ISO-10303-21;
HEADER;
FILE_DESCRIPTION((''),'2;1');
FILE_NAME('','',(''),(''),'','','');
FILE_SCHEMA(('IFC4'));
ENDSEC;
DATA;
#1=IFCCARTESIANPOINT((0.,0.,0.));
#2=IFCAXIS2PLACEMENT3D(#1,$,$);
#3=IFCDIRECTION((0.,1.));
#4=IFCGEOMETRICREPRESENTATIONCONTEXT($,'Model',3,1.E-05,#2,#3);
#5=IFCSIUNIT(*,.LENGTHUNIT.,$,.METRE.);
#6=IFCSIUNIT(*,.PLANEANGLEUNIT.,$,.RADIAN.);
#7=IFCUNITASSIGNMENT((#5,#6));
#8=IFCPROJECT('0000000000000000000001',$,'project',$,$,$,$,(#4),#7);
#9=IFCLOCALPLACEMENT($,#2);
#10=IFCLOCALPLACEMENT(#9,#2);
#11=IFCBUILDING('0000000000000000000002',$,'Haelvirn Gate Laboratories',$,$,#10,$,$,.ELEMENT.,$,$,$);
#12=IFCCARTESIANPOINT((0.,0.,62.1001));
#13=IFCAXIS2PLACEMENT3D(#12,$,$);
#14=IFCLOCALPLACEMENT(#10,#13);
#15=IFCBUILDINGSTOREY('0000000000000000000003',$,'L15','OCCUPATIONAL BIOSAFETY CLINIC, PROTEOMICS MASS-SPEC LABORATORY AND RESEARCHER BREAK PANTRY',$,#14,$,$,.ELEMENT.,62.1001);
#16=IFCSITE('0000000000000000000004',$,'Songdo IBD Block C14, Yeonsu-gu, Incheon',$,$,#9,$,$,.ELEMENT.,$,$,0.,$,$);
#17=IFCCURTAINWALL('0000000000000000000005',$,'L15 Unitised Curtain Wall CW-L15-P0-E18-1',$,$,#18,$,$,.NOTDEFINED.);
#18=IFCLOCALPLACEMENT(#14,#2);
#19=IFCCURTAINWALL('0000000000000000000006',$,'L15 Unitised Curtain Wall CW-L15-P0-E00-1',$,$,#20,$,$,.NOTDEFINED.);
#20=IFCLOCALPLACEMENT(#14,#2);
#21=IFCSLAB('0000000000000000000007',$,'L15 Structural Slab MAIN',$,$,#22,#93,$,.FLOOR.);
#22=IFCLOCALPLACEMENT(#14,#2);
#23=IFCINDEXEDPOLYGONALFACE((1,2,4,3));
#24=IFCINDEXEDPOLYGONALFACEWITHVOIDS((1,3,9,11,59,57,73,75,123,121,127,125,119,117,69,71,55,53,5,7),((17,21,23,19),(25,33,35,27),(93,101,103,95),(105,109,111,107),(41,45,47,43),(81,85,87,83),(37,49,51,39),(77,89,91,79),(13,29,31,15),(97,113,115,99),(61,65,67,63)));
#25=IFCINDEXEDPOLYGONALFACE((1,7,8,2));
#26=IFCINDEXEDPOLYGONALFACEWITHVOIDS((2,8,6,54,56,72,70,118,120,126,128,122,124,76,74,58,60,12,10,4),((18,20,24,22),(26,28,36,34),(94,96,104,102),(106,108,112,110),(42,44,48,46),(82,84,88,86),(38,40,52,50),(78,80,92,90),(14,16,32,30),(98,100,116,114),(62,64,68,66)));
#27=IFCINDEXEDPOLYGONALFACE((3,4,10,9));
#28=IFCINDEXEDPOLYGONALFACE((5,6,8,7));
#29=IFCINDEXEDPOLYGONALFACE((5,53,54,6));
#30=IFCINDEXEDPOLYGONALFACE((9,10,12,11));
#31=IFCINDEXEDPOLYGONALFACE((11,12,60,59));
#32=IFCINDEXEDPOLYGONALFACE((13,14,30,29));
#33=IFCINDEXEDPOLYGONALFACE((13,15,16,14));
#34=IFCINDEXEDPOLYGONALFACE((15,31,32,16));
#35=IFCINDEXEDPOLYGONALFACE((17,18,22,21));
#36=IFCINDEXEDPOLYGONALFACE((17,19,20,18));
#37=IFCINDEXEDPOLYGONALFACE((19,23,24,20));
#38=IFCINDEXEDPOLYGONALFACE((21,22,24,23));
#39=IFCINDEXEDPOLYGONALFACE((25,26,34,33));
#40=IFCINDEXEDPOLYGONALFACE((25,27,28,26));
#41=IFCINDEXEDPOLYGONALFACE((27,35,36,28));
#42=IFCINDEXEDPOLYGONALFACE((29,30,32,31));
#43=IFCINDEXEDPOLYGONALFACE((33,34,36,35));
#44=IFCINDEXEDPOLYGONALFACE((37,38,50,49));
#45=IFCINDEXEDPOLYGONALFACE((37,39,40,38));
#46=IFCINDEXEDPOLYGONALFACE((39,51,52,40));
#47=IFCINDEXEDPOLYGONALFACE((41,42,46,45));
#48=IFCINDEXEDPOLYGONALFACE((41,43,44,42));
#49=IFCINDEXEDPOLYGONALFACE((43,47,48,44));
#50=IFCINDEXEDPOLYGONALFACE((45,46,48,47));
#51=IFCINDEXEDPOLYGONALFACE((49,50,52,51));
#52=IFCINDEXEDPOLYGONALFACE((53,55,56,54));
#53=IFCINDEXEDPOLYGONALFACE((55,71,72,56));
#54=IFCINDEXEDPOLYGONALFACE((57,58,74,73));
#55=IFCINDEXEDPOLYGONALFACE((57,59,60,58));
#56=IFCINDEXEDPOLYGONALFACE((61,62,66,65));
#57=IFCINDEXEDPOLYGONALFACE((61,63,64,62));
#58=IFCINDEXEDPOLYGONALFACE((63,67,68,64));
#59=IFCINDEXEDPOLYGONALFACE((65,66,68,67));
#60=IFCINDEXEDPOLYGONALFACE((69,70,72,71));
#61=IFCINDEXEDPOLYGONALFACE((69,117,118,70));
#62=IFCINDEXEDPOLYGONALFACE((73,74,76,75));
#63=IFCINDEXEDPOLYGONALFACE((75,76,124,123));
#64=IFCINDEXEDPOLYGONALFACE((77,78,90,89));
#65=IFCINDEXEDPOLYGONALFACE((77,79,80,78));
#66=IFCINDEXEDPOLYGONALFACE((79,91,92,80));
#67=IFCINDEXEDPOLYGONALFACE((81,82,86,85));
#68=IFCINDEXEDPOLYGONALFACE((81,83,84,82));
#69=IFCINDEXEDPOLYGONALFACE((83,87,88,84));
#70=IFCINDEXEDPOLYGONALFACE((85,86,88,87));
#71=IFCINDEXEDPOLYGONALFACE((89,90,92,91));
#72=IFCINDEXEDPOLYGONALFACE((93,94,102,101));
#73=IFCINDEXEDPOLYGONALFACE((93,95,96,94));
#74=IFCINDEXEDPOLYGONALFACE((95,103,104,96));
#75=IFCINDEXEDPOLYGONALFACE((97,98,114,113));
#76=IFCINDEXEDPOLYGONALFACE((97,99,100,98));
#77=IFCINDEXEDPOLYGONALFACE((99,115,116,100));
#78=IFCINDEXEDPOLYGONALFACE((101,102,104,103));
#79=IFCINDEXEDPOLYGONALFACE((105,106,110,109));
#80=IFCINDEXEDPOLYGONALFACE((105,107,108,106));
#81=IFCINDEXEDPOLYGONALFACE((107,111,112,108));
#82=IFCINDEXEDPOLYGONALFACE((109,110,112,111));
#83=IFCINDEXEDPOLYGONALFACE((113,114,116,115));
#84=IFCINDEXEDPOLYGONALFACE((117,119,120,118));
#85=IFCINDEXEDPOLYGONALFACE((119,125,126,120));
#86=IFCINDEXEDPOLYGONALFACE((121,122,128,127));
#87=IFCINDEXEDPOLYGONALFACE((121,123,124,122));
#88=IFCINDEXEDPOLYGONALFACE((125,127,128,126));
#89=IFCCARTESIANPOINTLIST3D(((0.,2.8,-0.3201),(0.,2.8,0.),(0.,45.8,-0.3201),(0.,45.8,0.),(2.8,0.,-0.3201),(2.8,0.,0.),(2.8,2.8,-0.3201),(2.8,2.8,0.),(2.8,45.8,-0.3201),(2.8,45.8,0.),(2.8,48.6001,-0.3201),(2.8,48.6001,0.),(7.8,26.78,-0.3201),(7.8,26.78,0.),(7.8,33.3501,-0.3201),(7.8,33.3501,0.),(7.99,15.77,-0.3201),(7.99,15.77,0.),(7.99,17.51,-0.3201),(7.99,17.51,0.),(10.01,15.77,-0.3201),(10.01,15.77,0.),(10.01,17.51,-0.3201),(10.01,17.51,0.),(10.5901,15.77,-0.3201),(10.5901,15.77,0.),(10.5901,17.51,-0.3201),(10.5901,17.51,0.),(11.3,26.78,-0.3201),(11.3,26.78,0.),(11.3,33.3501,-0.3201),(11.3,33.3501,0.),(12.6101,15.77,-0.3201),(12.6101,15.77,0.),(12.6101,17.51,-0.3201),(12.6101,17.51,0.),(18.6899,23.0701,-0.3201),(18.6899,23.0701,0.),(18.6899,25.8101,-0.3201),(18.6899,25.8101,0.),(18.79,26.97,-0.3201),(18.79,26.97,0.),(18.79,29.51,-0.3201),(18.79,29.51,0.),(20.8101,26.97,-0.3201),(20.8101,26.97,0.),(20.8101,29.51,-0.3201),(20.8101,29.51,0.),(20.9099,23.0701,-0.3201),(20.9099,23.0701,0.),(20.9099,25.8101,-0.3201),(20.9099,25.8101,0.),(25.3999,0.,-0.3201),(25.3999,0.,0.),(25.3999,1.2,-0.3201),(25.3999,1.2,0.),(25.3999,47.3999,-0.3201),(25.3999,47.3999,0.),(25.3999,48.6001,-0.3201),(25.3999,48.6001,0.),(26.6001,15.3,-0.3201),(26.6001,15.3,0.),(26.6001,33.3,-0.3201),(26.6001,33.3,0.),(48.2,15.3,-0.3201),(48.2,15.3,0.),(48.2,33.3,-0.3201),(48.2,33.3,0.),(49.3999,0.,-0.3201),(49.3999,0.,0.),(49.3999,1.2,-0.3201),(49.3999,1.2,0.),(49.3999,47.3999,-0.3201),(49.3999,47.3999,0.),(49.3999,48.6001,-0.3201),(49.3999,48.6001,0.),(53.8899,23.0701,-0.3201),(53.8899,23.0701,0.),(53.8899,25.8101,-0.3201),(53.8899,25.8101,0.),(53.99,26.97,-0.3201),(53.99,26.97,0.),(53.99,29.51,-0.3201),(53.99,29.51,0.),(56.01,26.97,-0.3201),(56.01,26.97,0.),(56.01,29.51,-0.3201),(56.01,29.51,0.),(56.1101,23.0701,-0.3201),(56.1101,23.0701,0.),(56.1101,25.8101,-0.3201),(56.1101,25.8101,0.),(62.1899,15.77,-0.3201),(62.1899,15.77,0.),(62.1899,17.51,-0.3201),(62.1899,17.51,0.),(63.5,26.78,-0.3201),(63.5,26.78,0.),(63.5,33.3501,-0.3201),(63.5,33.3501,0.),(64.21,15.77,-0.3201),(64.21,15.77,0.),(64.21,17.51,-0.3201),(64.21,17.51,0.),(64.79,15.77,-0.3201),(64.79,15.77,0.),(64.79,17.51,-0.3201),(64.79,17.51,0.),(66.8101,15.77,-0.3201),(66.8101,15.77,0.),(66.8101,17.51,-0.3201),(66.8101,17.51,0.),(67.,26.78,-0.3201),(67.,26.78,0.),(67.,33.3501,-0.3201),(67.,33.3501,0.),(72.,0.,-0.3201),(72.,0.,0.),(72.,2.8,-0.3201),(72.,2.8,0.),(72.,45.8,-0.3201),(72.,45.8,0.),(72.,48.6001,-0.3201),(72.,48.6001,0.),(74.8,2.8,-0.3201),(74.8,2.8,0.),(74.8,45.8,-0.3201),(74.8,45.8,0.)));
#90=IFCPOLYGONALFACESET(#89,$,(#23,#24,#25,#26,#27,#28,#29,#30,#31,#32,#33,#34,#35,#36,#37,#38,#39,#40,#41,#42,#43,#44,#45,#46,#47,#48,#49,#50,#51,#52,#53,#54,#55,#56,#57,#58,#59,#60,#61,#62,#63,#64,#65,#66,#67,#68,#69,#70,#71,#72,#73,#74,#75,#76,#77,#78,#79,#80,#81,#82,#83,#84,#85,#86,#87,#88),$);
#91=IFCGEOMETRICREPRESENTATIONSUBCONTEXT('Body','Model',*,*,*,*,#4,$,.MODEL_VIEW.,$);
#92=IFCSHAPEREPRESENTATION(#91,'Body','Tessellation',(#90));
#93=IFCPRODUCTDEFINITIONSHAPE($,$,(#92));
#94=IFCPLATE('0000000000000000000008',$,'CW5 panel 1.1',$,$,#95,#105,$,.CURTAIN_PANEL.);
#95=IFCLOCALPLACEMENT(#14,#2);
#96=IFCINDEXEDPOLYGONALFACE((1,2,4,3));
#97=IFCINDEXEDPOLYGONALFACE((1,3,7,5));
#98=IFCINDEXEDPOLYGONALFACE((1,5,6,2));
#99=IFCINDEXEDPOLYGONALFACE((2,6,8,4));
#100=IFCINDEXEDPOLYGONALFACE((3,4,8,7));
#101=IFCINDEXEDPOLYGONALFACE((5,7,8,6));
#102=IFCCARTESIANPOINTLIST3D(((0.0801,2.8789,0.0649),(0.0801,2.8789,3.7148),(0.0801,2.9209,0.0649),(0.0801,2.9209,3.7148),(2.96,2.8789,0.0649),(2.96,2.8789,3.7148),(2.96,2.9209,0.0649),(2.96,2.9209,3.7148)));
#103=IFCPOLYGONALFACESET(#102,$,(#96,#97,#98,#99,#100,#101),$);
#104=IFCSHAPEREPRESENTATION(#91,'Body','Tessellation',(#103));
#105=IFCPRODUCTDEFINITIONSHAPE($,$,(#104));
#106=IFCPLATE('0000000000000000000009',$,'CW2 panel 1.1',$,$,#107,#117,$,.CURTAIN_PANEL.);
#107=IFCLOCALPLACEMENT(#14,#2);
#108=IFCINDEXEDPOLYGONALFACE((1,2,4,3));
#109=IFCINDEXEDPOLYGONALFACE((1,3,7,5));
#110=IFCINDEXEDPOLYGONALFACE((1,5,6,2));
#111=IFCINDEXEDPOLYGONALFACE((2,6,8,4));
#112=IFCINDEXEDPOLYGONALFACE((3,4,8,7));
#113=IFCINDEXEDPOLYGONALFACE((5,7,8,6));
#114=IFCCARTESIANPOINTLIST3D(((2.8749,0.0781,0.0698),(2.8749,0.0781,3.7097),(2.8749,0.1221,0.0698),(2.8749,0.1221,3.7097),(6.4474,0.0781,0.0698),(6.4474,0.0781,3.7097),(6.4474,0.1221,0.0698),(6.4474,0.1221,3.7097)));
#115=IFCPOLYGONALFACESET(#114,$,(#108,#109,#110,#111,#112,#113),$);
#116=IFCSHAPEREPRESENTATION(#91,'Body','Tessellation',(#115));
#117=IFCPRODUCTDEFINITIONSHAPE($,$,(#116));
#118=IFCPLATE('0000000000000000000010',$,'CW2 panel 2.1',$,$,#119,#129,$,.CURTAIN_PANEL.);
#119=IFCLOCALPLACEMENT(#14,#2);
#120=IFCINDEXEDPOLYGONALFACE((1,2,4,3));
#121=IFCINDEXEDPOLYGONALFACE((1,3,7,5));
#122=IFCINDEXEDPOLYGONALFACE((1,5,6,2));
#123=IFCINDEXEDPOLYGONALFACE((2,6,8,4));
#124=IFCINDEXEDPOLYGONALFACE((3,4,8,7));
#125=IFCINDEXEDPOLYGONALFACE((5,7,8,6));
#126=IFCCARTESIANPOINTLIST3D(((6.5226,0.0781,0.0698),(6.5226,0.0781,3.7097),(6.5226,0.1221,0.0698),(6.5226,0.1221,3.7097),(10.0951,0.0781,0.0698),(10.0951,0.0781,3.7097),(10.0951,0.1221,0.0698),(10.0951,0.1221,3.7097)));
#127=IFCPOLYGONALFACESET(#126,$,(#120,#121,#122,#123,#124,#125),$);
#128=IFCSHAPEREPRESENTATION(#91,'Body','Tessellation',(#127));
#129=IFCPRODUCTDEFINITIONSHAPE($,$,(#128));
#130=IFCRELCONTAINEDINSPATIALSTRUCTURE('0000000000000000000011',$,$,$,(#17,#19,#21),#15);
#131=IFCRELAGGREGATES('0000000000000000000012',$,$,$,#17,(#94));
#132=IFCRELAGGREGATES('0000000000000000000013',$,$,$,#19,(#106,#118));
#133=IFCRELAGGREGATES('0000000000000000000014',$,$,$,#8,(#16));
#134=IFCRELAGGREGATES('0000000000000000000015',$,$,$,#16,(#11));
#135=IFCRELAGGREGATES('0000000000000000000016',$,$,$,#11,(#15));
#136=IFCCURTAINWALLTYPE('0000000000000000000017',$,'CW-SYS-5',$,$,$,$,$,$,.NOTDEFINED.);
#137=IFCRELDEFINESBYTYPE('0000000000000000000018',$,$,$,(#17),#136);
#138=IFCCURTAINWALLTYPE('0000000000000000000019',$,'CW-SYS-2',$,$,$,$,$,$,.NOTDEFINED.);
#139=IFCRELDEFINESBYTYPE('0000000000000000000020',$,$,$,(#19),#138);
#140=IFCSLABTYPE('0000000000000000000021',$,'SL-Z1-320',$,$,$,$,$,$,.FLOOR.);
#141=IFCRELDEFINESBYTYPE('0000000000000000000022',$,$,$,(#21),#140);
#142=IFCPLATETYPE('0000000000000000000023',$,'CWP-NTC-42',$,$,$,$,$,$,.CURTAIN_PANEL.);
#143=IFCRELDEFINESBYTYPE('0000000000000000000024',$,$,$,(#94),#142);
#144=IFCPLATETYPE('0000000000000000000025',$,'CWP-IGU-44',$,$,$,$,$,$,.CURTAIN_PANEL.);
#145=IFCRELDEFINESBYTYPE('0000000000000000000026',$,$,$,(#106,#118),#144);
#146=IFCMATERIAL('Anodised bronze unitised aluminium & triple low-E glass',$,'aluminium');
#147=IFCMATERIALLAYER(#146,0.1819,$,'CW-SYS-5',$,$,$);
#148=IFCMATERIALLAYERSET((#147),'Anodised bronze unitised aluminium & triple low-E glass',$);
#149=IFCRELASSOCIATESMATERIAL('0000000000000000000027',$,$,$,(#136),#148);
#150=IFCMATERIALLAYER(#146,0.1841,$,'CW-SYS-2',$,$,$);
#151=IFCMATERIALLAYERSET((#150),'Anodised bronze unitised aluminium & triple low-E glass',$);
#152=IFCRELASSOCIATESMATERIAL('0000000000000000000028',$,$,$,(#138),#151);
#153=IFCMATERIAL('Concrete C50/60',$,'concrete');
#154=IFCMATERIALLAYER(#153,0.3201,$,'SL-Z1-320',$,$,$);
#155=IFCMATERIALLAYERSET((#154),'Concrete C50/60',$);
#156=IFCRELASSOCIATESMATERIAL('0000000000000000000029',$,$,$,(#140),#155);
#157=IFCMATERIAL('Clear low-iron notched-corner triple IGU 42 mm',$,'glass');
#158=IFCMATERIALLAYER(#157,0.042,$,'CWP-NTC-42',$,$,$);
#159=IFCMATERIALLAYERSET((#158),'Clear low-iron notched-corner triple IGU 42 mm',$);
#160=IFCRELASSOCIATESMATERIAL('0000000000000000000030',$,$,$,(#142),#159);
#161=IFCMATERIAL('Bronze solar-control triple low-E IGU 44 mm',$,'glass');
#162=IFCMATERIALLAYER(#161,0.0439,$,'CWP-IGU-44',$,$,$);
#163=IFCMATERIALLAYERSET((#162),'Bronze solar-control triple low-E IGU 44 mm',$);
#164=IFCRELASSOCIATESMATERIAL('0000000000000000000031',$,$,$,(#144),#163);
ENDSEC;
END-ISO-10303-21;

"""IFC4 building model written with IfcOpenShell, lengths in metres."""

from ifc_helpers import new_model, si_unit, direction, frame, origin, origin_2d, place, context, subcontext, project, spatial, polyline, rectangle, outline, extrude, source, transform, mapped, material, layer, layer_set, type_object, type_shapes, element, aggregate, save


model = new_model("IFC4")

# Units and contexts
model_context = context("Model", 3, precision=1e-05, world=origin(), true_north=direction((0.0, 1.0)))
body_context = subcontext(model_context, "Body", "Model", "MODEL_VIEW")
ifc_project = project(units=[si_unit("LENGTHUNIT", "METRE"), si_unit("PLANEANGLEUNIT", "RADIAN")], contexts=[model_context])

# Site, building, storey
site_placement = place(None, origin())
site = spatial("IfcSite", under=ifc_project, at=site_placement, Name="Songdo IBD Block C14, Yeonsu-gu, Incheon", CompositionType="ELEMENT", RefElevation=0.0)
building_placement = place(site_placement, origin())
building = spatial("IfcBuilding", under=site, at=building_placement, Name="Haelvirn Gate Laboratories", CompositionType="ELEMENT")
storey_placement = place(building_placement, frame((0.0, 0.0, 62.1001)))
storey = spatial("IfcBuildingStorey", under=building, at=storey_placement, Name="L15", Description="OCCUPATIONAL BIOSAFETY CLINIC, PROTEOMICS MASS-SPEC LABORATORY AND RESEARCHER BREAK PANTRY", CompositionType="ELEMENT", Elevation=62.1001)

# Curtain walls
ifc_material_1 = material(Name="Anodised bronze unitised aluminium & triple low-E glass", Category="aluminium")
ifc_layer_1 = layer(ifc_material_1, 0.1819, Name="CW-SYS-5")
ifc_layer_set_1 = layer_set([ifc_layer_1], Name="Anodised bronze unitised aluminium & triple low-E glass")
curtain_wall_type_1 = type_object("IfcCurtainWallType", Name="CW-SYS-5", PredefinedType="NOTDEFINED", material=ifc_layer_set_1)
curtain_wall_1_placement = place(storey_placement, origin())
curtain_wall_1 = element("IfcCurtainWall", 1, at=curtain_wall_1_placement, inside=storey, type_object=curtain_wall_type_1, Name="L15 Unitised Curtain Wall CW-L15-P0-E18-1", PredefinedType="NOTDEFINED")
ifc_layer_2 = layer(ifc_material_1, 0.1841, Name="CW-SYS-2")
ifc_layer_set_2 = layer_set([ifc_layer_2], Name="Anodised bronze unitised aluminium & triple low-E glass")
curtain_wall_type_2 = type_object("IfcCurtainWallType", Name="CW-SYS-2", PredefinedType="NOTDEFINED", material=ifc_layer_set_2)
curtain_wall_2_placement = place(storey_placement, origin())
curtain_wall_2 = element("IfcCurtainWall", 2, at=curtain_wall_2_placement, inside=storey, type_object=curtain_wall_type_2, Name="L15 Unitised Curtain Wall CW-L15-P0-E00-1", PredefinedType="NOTDEFINED")

# Slab
ifc_material_2 = material(Name="Concrete C50/60", Category="concrete")
ifc_layer_3 = layer(ifc_material_2, 0.3201, Name="SL-Z1-320")
ifc_layer_set_3 = layer_set([ifc_layer_3], Name="Concrete C50/60")
slab_type_1 = type_object("IfcSlabType", Name="SL-Z1-320", PredefinedType="FLOOR", material=ifc_layer_set_3)
slab_1_placement = place(storey_placement, frame((0.0, 0.0, -0.3201)))
element("IfcSlab", 3, at=slab_1_placement, inside=storey, type_object=slab_type_1, Name="L15 Structural Slab MAIN", PredefinedType="FLOOR", context=body_context, shape_type="SweptSolid", body=[
    extrude(outline(polyline([(2.8, 0.0), (25.3999, 0.0), (25.3999, 1.2), (49.3999, 1.2), (49.3999, 0.0), (72.0, 0.0), (72.0, 2.8), (74.8, 2.8), (74.8, 45.8), (72.0, 45.8), (72.0, 48.6001), (49.3999, 48.6001), (49.3999, 47.3999), (25.3999, 47.3999), (25.3999, 48.6001), (2.8, 48.6001), (2.8, 45.8), (0.0, 45.8), (0.0, 2.8), (2.8, 2.8), (2.8, 0.0)]), holes=[polyline([(26.6001, 15.3), (48.2, 15.3), (48.2, 33.3), (26.6001, 33.3), (26.6001, 15.3)]), polyline([(11.3, 26.78), (11.3, 33.3501), (7.8, 33.3501), (7.8, 26.78), (11.3, 26.78)]), polyline([(67.0, 26.78), (67.0, 33.3501), (63.5, 33.3501), (63.5, 26.78), (67.0, 26.78)]), polyline([(7.99, 15.77), (10.01, 15.77), (10.01, 17.51), (7.99, 17.51), (7.99, 15.77)]), polyline([(10.5901, 15.77), (12.6101, 15.77), (12.6101, 17.51), (10.5901, 17.51), (10.5901, 15.77)]), polyline([(18.79, 26.97), (20.8101, 26.97), (20.8101, 29.51), (18.79, 29.51), (18.79, 26.97)]), polyline([(18.6899, 23.0701), (20.9099, 23.0701), (20.9099, 25.8101), (18.6899, 25.8101), (18.6899, 23.0701)]), polyline([(64.79, 15.77), (66.8101, 15.77), (66.8101, 17.51), (64.79, 17.51), (64.79, 15.77)]), polyline([(62.1899, 15.77), (64.21, 15.77), (64.21, 17.51), (62.1899, 17.51), (62.1899, 15.77)]), polyline([(53.99, 26.97), (56.01, 26.97), (56.01, 29.51), (53.99, 29.51), (53.99, 26.97)]), polyline([(53.8899, 23.0701), (56.1101, 23.0701), (56.1101, 25.8101), (53.8899, 25.8101), (53.8899, 23.0701)])]), origin(), (0.0, 0.0, 1.0), 0.3201),
])

# Plates
ifc_material_3 = material(Name="Clear low-iron notched-corner triple IGU 42 mm", Category="glass")
ifc_layer_4 = layer(ifc_material_3, 0.042, Name="CWP-NTC-42")
ifc_layer_set_4 = layer_set([ifc_layer_4], Name="Clear low-iron notched-corner triple IGU 42 mm")
plate_type_1 = type_object("IfcPlateType", Name="CWP-NTC-42", PredefinedType="CURTAIN_PANEL", material=ifc_layer_set_4)
shared_shape_1 = source(origin(), body_context, "Body", "SweptSolid", [
    extrude(rectangle(XDim=2.8799, YDim=0.042, at=origin_2d()), origin(), (0.0, 0.0, 1.0), 3.6499),
])
type_shapes(plate_type_1, [shared_shape_1])
plate_1_placement = place(storey_placement, frame((1.52, 2.8999, 0.0649), z_axis=(0.0, 0.0, 1.0), x_axis=(1.0, 0.0, 0.0)))
plate_1 = element("IfcPlate", 4, at=plate_1_placement, type_object=plate_type_1, Name="CW5 panel 1.1", PredefinedType="CURTAIN_PANEL", context=body_context, shape_type="MappedRepresentation", body=[
    mapped(shared_shape_1, transform((0.0, 0.0, 0.0), scale=1.0)),
])
aggregate(curtain_wall_1, [plate_1])
ifc_material_4 = material(Name="Bronze solar-control triple low-E IGU 44 mm", Category="glass")
ifc_layer_5 = layer(ifc_material_4, 0.0439, Name="CWP-IGU-44")
ifc_layer_set_5 = layer_set([ifc_layer_5], Name="Bronze solar-control triple low-E IGU 44 mm")
plate_type_2 = type_object("IfcPlateType", Name="CWP-IGU-44", PredefinedType="CURTAIN_PANEL", material=ifc_layer_set_5)
shared_shape_2 = source(origin(), body_context, "Body", "SweptSolid", [
    extrude(rectangle(XDim=3.5725, YDim=0.0439, at=origin_2d()), origin(), (0.0, 0.0, 1.0), 3.6399),
])
type_shapes(plate_type_2, [shared_shape_2])
plate_2_placement = place(storey_placement, frame((4.6611, 0.1001, 0.0698), z_axis=(0.0, 0.0, 1.0), x_axis=(1.0, 0.0, 0.0)))
plate_2 = element("IfcPlate", 5, at=plate_2_placement, type_object=plate_type_2, Name="CW2 panel 1.1", PredefinedType="CURTAIN_PANEL", context=body_context, shape_type="MappedRepresentation", body=[
    mapped(shared_shape_2, transform((0.0, 0.0, 0.0), scale=1.0)),
])
plate_3_placement = place(storey_placement, frame((8.3088, 0.1001, 0.0698), z_axis=(0.0, 0.0, 1.0), x_axis=(1.0, 0.0, 0.0)))
plate_3 = element("IfcPlate", 6, at=plate_3_placement, type_object=plate_type_2, Name="CW2 panel 2.1", PredefinedType="CURTAIN_PANEL", context=body_context, shape_type="MappedRepresentation", body=[
    mapped(shared_shape_2, transform((0.0, 0.0, 0.0), scale=1.0)),
])
aggregate(curtain_wall_2, [plate_2, plate_3])

save(model, "model.ifc")
